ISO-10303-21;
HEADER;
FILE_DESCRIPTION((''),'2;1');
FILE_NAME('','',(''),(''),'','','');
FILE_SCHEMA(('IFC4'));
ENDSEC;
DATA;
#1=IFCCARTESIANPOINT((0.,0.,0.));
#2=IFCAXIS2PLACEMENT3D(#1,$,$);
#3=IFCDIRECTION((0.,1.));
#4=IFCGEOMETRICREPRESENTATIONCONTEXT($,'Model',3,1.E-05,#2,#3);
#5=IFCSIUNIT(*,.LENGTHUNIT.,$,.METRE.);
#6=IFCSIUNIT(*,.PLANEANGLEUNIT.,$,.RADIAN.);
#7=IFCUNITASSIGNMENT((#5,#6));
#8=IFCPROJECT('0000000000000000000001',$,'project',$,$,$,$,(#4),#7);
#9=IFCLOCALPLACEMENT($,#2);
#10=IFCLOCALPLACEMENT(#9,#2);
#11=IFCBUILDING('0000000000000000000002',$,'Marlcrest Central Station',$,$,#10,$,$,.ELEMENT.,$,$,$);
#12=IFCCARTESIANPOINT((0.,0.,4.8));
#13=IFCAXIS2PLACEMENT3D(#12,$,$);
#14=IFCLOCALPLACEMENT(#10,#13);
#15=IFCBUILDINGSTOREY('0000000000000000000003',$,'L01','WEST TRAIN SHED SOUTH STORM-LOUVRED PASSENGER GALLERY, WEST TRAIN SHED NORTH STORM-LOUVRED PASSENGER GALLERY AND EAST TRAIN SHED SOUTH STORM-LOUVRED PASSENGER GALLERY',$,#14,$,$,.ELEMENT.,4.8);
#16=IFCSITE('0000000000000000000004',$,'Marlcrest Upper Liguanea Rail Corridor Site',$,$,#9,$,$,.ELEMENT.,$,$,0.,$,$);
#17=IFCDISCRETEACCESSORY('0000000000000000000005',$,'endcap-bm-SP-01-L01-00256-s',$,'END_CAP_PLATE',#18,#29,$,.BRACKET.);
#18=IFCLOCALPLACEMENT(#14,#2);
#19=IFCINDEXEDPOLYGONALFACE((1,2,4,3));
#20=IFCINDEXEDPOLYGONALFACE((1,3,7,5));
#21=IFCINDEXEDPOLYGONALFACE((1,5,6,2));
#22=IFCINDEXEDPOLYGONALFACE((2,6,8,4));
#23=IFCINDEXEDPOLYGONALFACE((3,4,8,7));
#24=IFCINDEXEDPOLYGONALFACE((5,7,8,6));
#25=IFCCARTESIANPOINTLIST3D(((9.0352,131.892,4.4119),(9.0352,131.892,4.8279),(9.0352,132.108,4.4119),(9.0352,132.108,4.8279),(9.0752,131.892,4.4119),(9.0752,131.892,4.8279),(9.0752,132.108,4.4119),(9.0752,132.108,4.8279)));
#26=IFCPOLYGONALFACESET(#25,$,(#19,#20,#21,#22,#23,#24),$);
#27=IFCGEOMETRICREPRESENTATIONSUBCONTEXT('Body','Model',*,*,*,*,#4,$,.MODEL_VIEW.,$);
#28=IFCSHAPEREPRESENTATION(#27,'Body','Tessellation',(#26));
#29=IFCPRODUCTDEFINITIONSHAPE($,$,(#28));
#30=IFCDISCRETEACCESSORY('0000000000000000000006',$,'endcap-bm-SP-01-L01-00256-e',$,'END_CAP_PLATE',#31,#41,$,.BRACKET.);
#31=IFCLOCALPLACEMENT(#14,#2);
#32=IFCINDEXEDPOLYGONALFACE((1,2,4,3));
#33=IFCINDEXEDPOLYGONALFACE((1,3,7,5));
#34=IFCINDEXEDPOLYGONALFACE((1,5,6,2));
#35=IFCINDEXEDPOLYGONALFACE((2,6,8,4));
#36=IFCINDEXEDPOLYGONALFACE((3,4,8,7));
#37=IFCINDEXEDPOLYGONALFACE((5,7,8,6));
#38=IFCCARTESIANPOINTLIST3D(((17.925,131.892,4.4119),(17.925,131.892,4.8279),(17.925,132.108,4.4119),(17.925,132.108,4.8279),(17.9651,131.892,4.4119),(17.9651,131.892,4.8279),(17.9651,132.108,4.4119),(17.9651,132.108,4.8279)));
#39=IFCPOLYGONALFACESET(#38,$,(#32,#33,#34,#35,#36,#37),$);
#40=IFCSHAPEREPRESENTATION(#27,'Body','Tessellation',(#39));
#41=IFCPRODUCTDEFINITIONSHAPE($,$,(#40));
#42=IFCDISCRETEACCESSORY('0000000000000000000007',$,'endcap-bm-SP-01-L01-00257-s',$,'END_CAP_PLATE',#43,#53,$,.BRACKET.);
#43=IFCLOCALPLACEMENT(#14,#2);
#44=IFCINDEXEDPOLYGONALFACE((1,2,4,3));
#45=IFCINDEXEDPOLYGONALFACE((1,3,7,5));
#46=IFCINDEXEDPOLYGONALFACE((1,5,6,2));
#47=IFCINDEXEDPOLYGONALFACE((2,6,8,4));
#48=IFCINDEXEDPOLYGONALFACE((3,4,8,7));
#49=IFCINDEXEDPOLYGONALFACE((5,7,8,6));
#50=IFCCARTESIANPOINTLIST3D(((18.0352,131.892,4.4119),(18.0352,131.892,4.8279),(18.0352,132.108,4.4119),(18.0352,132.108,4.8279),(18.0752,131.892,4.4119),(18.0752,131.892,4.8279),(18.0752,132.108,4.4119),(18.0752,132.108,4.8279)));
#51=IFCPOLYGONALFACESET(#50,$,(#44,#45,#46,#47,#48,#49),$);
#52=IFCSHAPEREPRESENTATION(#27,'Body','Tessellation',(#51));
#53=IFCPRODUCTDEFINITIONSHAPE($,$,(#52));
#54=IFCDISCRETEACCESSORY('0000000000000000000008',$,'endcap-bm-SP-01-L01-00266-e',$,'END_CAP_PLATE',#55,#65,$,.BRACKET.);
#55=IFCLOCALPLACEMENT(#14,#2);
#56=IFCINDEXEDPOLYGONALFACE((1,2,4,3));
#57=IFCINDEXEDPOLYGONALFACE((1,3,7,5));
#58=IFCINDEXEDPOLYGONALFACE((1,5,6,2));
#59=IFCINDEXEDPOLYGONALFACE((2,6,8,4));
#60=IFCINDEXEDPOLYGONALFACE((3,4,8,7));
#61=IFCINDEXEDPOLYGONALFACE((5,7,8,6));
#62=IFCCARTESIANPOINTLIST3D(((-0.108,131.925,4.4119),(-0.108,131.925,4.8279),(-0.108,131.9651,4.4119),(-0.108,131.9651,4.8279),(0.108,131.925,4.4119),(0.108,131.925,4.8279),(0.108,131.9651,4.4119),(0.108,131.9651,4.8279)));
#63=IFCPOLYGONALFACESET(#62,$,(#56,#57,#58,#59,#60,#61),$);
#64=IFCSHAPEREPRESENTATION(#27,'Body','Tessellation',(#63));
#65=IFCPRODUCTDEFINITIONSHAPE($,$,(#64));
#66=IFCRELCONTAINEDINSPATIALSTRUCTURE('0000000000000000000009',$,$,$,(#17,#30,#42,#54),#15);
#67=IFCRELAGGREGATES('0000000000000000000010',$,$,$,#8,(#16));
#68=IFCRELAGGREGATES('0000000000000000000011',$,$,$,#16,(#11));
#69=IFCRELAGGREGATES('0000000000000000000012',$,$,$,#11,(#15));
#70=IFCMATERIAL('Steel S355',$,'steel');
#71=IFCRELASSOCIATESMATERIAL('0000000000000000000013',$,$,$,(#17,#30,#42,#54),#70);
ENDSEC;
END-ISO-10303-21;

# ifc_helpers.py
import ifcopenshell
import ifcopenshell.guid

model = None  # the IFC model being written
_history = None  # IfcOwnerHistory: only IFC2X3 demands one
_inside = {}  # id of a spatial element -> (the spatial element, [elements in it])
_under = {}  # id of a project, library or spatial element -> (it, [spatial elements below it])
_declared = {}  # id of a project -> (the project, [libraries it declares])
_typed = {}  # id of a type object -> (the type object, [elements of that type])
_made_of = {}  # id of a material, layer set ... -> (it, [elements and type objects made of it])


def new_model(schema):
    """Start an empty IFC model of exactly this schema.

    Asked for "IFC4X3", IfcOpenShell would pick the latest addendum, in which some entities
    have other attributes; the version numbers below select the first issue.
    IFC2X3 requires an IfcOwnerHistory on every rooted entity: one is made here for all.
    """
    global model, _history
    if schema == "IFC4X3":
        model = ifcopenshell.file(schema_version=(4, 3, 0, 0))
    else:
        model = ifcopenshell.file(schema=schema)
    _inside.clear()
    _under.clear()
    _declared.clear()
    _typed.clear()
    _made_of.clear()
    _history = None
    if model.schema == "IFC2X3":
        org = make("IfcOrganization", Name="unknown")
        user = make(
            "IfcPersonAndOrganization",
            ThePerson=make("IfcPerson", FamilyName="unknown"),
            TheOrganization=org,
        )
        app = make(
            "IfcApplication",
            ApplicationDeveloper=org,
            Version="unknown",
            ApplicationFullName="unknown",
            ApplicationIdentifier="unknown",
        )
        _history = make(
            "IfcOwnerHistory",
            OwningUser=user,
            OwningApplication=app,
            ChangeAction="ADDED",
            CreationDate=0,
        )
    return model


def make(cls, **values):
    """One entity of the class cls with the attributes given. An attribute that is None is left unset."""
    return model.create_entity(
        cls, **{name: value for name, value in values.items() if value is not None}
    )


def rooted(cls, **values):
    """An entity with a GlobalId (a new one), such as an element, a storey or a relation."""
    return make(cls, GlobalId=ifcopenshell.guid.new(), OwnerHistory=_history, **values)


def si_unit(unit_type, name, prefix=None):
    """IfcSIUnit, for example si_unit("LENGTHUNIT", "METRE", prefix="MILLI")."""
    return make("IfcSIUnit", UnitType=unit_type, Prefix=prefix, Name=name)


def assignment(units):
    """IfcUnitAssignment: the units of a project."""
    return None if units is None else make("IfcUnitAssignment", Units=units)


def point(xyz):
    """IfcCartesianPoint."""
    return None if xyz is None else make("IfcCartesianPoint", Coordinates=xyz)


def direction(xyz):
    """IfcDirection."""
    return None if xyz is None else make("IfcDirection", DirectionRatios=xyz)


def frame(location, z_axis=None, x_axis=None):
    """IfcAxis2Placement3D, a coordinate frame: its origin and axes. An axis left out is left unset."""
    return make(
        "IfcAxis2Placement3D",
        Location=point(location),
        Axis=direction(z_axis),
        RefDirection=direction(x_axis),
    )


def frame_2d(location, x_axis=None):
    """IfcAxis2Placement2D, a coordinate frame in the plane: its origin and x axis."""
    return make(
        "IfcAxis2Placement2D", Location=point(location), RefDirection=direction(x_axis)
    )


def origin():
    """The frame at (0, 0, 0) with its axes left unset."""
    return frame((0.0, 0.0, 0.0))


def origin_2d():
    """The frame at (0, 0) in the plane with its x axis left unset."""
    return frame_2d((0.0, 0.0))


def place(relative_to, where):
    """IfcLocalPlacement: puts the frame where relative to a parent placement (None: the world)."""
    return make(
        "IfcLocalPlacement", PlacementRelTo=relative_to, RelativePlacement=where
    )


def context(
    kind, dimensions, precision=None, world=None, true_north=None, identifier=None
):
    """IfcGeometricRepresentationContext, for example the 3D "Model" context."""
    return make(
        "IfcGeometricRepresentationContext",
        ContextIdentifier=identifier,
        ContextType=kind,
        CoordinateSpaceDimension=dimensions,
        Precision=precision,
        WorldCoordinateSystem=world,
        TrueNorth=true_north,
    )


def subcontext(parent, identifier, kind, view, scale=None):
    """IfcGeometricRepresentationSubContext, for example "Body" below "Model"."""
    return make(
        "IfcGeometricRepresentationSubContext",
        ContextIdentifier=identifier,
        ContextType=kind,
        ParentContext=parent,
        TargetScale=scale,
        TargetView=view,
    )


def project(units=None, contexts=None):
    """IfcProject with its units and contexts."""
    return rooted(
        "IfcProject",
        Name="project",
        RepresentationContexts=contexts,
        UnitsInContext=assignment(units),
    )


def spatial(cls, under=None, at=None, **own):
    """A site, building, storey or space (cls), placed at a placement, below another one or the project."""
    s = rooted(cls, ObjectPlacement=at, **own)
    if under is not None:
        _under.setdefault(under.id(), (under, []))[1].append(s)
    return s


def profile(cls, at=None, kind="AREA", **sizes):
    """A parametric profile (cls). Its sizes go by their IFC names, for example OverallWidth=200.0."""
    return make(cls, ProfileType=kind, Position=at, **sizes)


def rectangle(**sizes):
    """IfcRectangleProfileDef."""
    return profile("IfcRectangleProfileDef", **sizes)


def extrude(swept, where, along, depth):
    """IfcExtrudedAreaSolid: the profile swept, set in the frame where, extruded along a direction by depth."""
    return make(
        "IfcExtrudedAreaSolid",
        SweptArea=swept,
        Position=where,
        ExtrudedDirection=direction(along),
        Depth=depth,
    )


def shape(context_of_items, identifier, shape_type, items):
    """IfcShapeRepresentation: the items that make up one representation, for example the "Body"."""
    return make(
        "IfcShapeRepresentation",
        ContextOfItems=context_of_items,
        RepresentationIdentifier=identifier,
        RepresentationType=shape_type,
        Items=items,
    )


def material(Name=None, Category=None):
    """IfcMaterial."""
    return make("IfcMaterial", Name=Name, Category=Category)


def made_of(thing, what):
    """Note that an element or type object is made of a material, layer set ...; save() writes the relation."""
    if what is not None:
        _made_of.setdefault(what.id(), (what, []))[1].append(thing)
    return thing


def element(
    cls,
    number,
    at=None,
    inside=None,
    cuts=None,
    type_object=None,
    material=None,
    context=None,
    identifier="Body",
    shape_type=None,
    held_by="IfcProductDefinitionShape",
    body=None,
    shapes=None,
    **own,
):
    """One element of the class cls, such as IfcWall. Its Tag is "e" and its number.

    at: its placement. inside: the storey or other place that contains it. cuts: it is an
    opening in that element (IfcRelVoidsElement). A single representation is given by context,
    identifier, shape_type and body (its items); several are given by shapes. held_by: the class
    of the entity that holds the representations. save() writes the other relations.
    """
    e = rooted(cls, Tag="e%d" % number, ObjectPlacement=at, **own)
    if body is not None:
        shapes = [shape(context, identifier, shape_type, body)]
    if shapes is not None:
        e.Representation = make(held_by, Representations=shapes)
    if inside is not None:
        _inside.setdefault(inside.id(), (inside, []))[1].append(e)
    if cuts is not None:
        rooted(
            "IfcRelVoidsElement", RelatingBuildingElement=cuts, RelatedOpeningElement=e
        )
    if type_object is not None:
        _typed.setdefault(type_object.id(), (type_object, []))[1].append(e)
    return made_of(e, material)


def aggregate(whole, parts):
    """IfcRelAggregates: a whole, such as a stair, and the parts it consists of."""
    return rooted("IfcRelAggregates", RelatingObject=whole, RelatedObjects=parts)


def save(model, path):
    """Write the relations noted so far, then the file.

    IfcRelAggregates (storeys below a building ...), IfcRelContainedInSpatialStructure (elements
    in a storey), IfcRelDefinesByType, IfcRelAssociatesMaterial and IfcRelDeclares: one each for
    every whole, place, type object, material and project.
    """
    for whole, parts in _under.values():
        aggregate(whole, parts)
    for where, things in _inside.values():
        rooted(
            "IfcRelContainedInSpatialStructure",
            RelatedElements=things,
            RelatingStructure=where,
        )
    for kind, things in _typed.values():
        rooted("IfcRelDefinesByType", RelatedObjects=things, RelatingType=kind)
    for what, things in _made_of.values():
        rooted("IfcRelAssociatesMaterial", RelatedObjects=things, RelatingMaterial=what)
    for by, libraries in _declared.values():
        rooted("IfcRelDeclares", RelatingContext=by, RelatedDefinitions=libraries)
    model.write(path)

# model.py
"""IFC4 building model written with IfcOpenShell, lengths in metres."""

from ifc_helpers import new_model, si_unit, direction, frame, origin, origin_2d, place, context, subcontext, project, spatial, rectangle, extrude, material, element, save


model = new_model("IFC4")

# Units and contexts
model_context = context("Model", 3, precision=1e-05, world=origin(), true_north=direction((0.0, 1.0)))
body_context = subcontext(model_context, "Body", "Model", "MODEL_VIEW")
ifc_project = project(units=[si_unit("LENGTHUNIT", "METRE"), si_unit("PLANEANGLEUNIT", "RADIAN")], contexts=[model_context])

# Site, building, storey
site_placement = place(None, origin())
site = spatial("IfcSite", under=ifc_project, at=site_placement, Name="Marlcrest Upper Liguanea Rail Corridor Site", CompositionType="ELEMENT", RefElevation=0.0)
building_placement = place(site_placement, origin())
building = spatial("IfcBuilding", under=site, at=building_placement, Name="Marlcrest Central Station", CompositionType="ELEMENT")
storey_placement = place(building_placement, frame((0.0, 0.0, 4.8)))
storey = spatial("IfcBuildingStorey", under=building, at=storey_placement, Name="L01", Description="WEST TRAIN SHED SOUTH STORM-LOUVRED PASSENGER GALLERY, WEST TRAIN SHED NORTH STORM-LOUVRED PASSENGER GALLERY AND EAST TRAIN SHED SOUTH STORM-LOUVRED PASSENGER GALLERY", CompositionType="ELEMENT", Elevation=4.8)

# Shared definitions
ifc_material_1 = material(Name="Steel S355", Category="steel")

# Discrete accessories
for number, where, z_axis, x_axis, name in (
    (1, (9.0352, 132.0, 4.6199), (1.0, 0.0, 0.0), (0.0, 1.0, 0.0), "endcap-bm-SP-01-L01-00256-s"),
    (2, (17.925, 132.0, 4.6199), (1.0, 0.0, 0.0), (0.0, 1.0, 0.0), "endcap-bm-SP-01-L01-00256-e"),
    (3, (18.0352, 132.0, 4.6199), (1.0, 0.0, 0.0), (0.0, 1.0, 0.0), "endcap-bm-SP-01-L01-00257-s"),
    (4, (0.0, 131.925, 4.6199), (0.0, 1.0, 0.0), (-1.0, 0.0, 0.0), "endcap-bm-SP-01-L01-00266-e"),
):
    element("IfcDiscreteAccessory", number, at=place(storey_placement, frame(where, z_axis=z_axis, x_axis=x_axis)), inside=storey, material=ifc_material_1, Name=name, ObjectType="END_CAP_PLATE", PredefinedType="BRACKET", context=body_context, shape_type="SweptSolid", body=[
        extrude(rectangle(XDim=0.2161, YDim=0.416, at=origin_2d()), origin(), (0.0, 0.0, 1.0), 0.04),
    ])

save(model, "model.ifc")
